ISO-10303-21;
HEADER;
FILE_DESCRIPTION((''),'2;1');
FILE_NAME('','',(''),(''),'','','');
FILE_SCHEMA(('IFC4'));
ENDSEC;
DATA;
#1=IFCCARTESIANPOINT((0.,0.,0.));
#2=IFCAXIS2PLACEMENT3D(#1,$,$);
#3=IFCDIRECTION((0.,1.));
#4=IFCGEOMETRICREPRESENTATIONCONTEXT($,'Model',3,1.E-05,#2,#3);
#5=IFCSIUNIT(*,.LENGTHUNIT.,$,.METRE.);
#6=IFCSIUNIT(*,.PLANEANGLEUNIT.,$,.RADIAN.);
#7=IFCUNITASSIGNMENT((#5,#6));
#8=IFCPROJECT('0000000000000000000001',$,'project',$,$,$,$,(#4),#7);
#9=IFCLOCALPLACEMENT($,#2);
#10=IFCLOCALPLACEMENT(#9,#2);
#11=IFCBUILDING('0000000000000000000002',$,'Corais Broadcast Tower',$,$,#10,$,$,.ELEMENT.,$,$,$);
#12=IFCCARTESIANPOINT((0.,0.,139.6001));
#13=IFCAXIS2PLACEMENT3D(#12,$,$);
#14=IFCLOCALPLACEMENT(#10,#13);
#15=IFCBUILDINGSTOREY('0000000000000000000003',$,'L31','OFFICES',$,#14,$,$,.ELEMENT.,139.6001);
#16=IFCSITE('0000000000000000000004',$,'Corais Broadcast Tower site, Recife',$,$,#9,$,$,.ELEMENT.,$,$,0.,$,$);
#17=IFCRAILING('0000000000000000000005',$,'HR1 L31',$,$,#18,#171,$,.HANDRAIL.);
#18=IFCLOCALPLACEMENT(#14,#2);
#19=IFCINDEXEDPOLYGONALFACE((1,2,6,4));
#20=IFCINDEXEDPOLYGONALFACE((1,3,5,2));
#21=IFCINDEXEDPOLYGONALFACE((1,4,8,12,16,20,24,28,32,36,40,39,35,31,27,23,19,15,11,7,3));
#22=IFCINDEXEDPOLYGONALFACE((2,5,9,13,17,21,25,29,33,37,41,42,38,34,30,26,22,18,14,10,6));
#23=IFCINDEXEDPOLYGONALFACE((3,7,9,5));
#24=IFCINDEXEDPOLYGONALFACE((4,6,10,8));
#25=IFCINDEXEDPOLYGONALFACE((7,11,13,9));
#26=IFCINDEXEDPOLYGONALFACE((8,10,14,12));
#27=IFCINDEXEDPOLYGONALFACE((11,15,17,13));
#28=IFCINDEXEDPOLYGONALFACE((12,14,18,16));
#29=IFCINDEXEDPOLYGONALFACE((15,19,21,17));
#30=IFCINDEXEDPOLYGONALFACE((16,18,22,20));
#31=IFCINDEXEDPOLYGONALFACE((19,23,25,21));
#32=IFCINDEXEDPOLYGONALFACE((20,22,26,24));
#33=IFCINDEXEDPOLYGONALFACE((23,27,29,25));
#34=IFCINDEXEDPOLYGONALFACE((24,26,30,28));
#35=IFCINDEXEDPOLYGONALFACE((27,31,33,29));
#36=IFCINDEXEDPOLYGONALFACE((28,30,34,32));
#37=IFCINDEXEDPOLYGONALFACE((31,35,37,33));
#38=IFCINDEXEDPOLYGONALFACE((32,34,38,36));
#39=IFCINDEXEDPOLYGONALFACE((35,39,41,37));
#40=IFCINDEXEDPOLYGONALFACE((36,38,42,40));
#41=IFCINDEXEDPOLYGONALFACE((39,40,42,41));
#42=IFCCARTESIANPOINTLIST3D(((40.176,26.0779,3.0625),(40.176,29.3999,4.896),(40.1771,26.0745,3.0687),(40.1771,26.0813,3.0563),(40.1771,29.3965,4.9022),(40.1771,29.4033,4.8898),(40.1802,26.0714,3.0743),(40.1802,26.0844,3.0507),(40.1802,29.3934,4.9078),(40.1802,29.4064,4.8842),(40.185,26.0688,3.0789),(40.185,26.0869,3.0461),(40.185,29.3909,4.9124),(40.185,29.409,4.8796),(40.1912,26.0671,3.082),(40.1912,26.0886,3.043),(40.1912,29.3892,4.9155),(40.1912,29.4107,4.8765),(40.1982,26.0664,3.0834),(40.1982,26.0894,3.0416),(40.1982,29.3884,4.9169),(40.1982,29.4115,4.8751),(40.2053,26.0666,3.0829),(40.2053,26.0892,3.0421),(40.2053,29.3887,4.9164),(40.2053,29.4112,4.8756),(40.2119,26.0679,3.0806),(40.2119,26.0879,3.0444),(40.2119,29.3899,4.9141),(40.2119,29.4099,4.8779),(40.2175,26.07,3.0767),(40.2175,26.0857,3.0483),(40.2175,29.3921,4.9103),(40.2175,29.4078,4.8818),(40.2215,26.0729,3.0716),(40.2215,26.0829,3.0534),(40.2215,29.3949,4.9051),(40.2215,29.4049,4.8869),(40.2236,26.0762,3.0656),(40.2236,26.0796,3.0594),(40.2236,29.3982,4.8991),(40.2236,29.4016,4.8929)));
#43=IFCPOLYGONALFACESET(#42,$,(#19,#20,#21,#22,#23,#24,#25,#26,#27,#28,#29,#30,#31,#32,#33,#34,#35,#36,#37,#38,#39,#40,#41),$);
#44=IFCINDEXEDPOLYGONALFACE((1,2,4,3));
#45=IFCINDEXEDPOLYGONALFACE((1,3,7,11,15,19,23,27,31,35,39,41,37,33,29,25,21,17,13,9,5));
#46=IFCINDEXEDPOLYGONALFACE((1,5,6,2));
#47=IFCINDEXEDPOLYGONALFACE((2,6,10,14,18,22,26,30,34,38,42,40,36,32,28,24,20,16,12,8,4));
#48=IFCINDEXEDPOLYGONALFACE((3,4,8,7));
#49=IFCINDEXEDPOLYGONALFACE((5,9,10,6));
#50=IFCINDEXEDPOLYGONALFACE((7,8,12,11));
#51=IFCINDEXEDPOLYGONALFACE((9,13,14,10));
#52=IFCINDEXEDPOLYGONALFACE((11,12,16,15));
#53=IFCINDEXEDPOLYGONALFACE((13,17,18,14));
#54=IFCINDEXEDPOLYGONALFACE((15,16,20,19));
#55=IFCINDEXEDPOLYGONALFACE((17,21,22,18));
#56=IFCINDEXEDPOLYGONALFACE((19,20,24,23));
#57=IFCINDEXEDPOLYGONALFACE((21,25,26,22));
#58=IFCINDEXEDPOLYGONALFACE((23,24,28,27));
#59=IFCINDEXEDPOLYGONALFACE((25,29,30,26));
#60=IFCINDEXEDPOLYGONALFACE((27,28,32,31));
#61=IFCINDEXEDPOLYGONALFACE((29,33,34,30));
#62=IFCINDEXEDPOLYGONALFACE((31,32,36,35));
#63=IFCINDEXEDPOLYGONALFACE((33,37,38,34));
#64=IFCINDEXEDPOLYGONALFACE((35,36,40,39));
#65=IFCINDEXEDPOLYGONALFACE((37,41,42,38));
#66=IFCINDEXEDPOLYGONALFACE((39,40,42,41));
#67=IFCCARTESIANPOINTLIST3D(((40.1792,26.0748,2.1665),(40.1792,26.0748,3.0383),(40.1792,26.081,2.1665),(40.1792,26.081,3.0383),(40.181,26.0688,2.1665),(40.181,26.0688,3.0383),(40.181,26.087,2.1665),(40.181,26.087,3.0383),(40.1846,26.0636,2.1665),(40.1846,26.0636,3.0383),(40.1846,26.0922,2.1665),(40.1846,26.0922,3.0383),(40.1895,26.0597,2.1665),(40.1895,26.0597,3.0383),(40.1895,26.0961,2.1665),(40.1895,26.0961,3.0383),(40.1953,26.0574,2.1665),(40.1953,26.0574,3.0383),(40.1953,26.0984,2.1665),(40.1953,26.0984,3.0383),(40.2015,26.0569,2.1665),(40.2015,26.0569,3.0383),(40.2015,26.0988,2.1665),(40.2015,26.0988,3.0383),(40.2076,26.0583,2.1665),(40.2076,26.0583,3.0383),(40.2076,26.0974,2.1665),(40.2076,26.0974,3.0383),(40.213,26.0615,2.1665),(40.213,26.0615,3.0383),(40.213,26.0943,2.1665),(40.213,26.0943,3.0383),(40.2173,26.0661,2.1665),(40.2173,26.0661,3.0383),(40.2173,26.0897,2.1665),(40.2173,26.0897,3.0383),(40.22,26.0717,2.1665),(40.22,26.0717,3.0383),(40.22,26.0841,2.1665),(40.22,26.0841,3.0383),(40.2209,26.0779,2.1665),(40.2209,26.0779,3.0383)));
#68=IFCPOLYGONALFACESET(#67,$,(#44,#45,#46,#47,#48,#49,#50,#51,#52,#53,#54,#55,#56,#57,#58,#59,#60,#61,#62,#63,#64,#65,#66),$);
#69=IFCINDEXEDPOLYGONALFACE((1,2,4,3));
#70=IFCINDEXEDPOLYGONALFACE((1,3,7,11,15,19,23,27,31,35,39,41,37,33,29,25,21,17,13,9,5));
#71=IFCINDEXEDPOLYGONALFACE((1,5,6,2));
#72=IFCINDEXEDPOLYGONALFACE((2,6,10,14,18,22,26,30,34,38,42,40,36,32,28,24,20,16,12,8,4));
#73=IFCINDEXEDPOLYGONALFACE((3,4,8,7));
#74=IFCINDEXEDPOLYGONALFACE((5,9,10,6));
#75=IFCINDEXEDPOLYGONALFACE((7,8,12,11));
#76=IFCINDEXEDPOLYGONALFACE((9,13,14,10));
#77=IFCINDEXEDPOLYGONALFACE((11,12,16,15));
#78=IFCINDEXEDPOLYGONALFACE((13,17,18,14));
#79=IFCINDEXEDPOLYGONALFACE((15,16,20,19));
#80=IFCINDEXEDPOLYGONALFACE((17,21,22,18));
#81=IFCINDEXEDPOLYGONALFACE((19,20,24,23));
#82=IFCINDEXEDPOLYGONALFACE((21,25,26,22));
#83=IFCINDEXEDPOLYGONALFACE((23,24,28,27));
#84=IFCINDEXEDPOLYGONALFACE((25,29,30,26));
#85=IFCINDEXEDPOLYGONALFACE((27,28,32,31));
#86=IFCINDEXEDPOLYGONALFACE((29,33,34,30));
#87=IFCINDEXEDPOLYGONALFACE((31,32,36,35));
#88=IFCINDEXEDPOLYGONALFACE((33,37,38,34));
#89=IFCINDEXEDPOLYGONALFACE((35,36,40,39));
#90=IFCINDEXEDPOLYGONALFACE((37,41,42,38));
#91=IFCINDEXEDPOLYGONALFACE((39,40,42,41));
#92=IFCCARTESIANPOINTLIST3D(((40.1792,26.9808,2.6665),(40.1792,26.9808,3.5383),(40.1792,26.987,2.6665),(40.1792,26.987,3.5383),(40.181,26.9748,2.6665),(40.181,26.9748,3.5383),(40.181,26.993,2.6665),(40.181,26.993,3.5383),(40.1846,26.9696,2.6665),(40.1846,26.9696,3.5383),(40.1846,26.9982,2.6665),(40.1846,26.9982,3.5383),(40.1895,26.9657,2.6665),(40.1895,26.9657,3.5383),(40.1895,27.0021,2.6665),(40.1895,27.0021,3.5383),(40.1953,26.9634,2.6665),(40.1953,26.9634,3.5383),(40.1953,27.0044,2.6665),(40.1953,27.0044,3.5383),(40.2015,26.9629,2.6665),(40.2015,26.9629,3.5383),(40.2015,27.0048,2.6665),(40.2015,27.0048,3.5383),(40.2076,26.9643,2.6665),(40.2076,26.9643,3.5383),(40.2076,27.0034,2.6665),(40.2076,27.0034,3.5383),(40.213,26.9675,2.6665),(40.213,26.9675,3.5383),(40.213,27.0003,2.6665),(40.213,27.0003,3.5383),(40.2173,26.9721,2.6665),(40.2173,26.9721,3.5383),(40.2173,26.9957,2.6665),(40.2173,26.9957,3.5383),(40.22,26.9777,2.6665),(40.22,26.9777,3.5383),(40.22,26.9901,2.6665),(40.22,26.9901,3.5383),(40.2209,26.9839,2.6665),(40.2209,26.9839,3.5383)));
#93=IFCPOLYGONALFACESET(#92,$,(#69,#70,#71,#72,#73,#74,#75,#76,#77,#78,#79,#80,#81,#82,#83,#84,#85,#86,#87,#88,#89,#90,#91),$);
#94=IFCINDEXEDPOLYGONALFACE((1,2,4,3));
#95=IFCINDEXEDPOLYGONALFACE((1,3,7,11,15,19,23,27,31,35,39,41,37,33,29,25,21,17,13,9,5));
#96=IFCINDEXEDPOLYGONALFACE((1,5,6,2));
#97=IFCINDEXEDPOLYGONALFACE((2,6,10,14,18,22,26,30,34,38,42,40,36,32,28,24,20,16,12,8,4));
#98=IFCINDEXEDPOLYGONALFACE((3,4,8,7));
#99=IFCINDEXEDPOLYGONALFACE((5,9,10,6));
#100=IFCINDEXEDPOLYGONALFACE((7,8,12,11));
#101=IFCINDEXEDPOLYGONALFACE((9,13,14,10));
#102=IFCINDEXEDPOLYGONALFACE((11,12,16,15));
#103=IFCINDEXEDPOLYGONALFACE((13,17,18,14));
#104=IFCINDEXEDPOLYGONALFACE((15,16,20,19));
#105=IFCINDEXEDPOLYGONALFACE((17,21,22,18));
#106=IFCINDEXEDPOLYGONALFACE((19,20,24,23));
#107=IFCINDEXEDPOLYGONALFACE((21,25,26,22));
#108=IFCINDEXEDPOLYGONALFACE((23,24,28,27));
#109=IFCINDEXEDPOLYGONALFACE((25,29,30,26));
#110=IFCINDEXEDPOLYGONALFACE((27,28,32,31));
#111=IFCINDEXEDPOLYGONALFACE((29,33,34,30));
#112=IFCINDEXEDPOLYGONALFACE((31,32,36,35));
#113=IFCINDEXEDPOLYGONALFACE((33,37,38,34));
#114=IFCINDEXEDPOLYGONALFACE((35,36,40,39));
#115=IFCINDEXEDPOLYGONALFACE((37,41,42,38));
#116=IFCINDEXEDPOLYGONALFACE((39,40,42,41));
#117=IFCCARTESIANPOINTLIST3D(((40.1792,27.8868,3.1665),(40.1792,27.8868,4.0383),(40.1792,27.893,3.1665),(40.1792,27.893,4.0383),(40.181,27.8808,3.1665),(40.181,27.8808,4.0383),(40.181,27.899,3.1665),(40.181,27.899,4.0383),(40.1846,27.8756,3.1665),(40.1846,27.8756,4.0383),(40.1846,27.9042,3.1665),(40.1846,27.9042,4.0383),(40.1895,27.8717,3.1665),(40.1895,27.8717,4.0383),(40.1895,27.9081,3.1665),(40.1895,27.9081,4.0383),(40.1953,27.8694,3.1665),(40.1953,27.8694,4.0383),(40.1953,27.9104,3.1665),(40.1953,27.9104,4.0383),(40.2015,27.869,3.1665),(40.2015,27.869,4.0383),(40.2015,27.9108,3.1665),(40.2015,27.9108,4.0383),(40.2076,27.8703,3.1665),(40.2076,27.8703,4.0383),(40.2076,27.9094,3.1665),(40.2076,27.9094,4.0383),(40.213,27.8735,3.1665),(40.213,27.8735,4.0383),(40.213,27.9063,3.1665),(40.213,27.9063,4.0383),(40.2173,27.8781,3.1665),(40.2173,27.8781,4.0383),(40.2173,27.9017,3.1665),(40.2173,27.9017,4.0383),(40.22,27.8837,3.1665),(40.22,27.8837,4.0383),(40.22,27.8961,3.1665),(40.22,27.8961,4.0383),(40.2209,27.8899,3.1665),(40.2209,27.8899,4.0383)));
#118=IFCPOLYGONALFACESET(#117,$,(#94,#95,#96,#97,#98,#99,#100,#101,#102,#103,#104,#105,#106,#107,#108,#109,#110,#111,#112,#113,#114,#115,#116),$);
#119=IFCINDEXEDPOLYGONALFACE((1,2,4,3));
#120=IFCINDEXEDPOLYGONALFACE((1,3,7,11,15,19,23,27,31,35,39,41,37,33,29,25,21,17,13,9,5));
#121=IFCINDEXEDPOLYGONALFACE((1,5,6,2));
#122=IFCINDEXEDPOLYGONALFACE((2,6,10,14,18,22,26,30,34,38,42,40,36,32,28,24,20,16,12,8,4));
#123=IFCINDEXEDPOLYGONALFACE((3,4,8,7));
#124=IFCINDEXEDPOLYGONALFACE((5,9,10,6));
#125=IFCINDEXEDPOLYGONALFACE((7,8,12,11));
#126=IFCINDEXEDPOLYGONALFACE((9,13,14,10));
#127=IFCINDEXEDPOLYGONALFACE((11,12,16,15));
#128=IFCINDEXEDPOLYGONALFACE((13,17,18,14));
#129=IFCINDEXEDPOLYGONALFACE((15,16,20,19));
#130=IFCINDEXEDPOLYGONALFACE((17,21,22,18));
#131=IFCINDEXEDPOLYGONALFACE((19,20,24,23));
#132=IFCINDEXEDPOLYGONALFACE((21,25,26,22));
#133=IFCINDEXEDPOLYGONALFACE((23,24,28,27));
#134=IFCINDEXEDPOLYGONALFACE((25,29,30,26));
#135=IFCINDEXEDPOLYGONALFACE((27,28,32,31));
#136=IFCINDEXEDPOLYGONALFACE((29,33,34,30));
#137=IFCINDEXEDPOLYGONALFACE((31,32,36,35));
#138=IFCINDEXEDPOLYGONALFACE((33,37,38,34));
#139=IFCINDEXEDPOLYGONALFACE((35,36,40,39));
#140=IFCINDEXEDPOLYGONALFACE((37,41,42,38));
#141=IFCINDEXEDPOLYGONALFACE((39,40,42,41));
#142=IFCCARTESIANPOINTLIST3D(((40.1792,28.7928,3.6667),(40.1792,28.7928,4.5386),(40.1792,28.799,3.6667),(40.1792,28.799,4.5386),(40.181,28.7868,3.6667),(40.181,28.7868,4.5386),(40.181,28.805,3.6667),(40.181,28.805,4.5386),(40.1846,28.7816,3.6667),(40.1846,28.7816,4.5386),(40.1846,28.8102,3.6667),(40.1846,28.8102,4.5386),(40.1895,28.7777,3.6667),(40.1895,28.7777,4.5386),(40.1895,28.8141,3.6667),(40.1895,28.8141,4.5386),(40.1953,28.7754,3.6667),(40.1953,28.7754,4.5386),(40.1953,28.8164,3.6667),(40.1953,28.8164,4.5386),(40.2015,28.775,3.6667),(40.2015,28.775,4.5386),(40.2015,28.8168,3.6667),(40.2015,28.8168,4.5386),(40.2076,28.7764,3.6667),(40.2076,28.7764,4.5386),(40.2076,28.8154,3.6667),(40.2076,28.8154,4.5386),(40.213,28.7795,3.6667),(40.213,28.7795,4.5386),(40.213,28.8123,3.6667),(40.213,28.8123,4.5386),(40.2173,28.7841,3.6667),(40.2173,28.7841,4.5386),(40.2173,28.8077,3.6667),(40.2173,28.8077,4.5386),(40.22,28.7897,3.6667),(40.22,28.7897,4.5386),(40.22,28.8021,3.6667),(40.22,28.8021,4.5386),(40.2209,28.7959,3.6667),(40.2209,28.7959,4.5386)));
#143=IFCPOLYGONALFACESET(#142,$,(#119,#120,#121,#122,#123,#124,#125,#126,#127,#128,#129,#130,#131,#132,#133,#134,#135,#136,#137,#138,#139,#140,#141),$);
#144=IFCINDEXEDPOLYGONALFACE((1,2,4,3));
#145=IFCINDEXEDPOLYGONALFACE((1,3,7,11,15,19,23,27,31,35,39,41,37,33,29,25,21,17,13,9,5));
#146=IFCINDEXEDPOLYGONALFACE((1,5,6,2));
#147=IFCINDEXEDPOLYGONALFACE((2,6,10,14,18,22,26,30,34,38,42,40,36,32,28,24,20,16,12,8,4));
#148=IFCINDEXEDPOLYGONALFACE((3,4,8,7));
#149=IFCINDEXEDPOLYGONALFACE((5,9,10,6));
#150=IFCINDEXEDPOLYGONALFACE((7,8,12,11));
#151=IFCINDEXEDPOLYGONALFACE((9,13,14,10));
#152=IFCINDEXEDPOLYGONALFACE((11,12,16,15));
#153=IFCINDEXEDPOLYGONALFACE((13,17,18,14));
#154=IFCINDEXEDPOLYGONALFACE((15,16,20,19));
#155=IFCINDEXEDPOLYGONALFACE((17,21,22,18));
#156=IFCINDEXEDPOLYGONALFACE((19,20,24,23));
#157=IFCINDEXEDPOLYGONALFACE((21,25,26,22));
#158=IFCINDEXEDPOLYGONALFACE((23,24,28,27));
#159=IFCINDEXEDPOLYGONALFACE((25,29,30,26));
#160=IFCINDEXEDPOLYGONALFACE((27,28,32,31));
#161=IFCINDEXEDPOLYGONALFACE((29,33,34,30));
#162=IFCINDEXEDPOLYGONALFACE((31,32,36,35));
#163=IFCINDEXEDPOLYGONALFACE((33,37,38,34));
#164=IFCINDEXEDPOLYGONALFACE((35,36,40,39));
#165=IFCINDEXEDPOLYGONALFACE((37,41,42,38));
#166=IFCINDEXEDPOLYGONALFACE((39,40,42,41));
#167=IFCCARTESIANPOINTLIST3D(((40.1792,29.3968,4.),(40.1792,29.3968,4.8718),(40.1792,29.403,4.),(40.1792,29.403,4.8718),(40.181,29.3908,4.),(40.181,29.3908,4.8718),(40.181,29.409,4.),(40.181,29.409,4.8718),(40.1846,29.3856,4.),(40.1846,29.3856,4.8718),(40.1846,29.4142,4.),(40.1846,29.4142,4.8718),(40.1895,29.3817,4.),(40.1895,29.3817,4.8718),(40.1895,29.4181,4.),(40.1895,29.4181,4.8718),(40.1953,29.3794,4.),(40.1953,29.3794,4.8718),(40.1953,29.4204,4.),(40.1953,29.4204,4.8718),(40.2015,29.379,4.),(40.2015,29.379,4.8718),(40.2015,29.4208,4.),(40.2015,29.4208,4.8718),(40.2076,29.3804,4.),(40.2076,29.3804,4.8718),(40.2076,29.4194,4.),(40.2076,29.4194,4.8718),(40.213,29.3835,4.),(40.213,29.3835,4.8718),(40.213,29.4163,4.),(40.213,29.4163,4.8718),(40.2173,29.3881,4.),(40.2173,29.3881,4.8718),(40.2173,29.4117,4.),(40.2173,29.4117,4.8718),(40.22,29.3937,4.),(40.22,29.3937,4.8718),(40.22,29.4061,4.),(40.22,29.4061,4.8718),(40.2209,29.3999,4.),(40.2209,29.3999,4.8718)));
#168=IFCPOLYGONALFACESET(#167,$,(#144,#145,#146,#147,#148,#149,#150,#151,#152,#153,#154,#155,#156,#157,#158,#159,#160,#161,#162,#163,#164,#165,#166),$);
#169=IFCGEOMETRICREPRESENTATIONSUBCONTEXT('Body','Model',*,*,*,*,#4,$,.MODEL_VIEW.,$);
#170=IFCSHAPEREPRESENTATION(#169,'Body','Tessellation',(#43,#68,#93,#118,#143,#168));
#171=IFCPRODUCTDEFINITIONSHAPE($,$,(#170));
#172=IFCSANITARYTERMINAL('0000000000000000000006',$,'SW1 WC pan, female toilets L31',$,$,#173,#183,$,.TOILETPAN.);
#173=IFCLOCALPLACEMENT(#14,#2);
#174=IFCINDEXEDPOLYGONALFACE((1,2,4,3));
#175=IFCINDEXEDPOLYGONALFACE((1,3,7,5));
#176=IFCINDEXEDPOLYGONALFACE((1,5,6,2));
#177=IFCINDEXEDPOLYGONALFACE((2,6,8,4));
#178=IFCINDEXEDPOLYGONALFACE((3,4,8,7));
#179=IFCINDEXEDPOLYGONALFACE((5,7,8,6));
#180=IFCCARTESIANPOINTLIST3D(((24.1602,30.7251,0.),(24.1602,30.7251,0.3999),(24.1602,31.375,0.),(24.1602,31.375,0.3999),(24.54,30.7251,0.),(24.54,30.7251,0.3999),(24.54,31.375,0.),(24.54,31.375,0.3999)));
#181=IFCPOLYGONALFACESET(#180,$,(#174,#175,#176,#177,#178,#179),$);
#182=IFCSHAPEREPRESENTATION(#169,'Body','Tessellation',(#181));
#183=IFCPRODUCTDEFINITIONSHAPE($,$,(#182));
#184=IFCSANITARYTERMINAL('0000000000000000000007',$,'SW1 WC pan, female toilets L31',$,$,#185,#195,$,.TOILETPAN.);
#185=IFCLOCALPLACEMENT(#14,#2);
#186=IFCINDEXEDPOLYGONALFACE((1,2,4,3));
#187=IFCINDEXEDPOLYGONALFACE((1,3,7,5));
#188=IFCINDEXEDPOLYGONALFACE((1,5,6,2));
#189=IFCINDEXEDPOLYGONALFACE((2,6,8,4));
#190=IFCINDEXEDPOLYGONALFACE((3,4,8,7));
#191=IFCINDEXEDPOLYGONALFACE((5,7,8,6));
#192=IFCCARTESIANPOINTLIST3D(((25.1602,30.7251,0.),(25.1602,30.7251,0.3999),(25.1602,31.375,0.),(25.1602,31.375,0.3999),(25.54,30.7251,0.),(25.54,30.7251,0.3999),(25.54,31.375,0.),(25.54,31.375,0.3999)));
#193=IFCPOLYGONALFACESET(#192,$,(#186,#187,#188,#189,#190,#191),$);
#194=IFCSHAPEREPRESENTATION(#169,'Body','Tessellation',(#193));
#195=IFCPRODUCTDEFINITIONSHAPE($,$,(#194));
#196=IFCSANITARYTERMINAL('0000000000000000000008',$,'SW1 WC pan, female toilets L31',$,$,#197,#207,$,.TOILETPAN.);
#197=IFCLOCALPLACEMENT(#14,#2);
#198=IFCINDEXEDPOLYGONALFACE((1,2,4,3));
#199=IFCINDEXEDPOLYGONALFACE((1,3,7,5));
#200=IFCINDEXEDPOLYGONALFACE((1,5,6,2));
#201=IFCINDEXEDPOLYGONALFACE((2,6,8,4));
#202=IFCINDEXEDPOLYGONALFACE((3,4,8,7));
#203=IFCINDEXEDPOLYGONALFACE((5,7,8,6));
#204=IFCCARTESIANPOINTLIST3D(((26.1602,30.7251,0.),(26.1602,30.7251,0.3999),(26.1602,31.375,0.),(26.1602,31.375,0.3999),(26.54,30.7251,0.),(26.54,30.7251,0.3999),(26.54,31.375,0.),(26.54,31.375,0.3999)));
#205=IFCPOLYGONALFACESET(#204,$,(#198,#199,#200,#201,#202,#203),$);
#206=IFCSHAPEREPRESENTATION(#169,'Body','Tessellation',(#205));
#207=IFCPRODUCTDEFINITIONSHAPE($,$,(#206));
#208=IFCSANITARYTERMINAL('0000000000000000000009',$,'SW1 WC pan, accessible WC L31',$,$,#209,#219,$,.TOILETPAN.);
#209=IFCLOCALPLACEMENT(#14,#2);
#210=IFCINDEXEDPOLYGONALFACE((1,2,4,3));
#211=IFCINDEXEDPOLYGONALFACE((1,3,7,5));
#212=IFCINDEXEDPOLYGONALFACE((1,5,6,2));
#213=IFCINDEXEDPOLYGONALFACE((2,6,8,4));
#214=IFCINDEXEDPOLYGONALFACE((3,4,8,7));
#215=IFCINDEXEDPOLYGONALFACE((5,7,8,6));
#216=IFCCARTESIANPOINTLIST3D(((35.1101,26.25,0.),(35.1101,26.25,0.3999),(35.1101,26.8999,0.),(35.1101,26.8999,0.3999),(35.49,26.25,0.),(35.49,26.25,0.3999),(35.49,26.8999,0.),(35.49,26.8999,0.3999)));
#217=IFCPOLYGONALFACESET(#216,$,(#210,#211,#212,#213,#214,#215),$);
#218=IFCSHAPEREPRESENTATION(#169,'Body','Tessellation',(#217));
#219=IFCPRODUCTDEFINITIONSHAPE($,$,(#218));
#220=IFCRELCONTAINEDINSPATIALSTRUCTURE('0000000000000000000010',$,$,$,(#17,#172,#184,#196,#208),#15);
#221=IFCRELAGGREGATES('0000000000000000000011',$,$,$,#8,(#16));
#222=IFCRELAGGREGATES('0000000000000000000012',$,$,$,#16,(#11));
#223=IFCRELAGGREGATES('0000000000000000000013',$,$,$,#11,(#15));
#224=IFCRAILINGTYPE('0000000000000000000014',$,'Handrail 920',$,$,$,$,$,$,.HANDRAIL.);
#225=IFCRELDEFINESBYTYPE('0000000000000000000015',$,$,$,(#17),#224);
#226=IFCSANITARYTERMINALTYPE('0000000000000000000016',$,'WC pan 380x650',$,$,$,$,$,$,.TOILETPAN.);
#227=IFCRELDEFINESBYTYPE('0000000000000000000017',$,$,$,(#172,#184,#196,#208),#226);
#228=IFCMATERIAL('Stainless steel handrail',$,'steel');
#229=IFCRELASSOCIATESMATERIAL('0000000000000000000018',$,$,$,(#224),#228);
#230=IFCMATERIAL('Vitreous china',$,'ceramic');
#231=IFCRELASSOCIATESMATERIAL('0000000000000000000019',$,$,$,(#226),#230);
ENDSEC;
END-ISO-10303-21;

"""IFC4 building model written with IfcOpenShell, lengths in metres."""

from ifc_helpers import new_model, si_unit, direction, frame, origin, origin_2d, place, context, subcontext, project, spatial, rectangle, circle, extrude, material, type_object, element, save


model = new_model("IFC4")

# Units and contexts
model_context = context("Model", 3, precision=1e-05, world=origin(), true_north=direction((0.0, 1.0)))
body_context = subcontext(model_context, "Body", "Model", "MODEL_VIEW")
ifc_project = project(units=[si_unit("LENGTHUNIT", "METRE"), si_unit("PLANEANGLEUNIT", "RADIAN")], contexts=[model_context])

# Site, building, storey
site_placement = place(None, origin())
site = spatial("IfcSite", under=ifc_project, at=site_placement, Name="Corais Broadcast Tower site, Recife", CompositionType="ELEMENT", RefElevation=0.0)
building_placement = place(site_placement, origin())
building = spatial("IfcBuilding", under=site, at=building_placement, Name="Corais Broadcast Tower", CompositionType="ELEMENT")
storey_placement = place(building_placement, frame((0.0, 0.0, 139.6001)))
storey = spatial("IfcBuildingStorey", under=building, at=storey_placement, Name="L31", Description="OFFICES", CompositionType="ELEMENT", Elevation=139.6001)

# Railing
ifc_material_1 = material(Name="Stainless steel handrail", Category="steel")
railing_type = type_object("IfcRailingType", Name="Handrail 920", PredefinedType="HANDRAIL", material=ifc_material_1)
railing_placement = place(storey_placement, frame((40.2, 26.0779, 2.1665)))
element("IfcRailing", 1, at=railing_placement, inside=storey, type_object=railing_type, Name="HR1 L31", PredefinedType="HANDRAIL", context=body_context, shape_type="SweptSolid", body=[
    extrude(circle(Radius=0.0239, at=origin_2d()), frame((0.0, 0.0, 0.896), z_axis=(0.0, 0.875504, 0.48321), x_axis=(-1.0, 0.0, 0.0)), (0.0, 0.0, 1.0), 3.7944),
    extrude(circle(Radius=0.021, at=origin_2d()), origin(), (0.0, 0.0, 1.0), 0.8718),
    extrude(circle(Radius=0.021, at=origin_2d()), frame((0.0, 0.906, 0.5)), (0.0, 0.0, 1.0), 0.8718),
    extrude(circle(Radius=0.021, at=origin_2d()), frame((0.0, 1.812, 1.0)), (0.0, 0.0, 1.0), 0.8718),
    extrude(circle(Radius=0.021, at=origin_2d()), frame((0.0, 2.718, 1.5002)), (0.0, 0.0, 1.0), 0.8718),
    extrude(circle(Radius=0.021, at=origin_2d()), frame((0.0, 3.322, 1.8335)), (0.0, 0.0, 1.0), 0.8718),
])

# Sanitary terminals
ifc_material_2 = material(Name="Vitreous china", Category="ceramic")
sanitary_terminal_type_1 = type_object("IfcSanitaryTerminalType", Name="WC pan 380x650", PredefinedType="TOILETPAN", material=ifc_material_2)
for number, where, z_axis, x_axis, name in (
    (2, (24.3501, 31.05, 0.0), (0.0, 0.0, 1.0), (1.0, 0.0, 0.0), "SW1 WC pan, female toilets L31"),
    (3, (25.3501, 31.05, 0.0), (0.0, 0.0, 1.0), (1.0, 0.0, 0.0), "SW1 WC pan, female toilets L31"),
    (4, (26.3501, 31.05, 0.0), (0.0, 0.0, 1.0), (1.0, 0.0, 0.0), "SW1 WC pan, female toilets L31"),
    (5, (35.3, 26.575, 0.0), (0.0, 0.0, 1.0), (1.0, 0.0, 0.0), "SW1 WC pan, accessible WC L31"),
):
    element("IfcSanitaryTerminal", number, at=place(storey_placement, frame(where, z_axis=z_axis, x_axis=x_axis)), inside=storey, type_object=sanitary_terminal_type_1, Name=name, PredefinedType="TOILETPAN", context=body_context, shape_type="SweptSolid", body=[
        extrude(rectangle(XDim=0.3799, YDim=0.6499, at=origin_2d()), origin(), (0.0, 0.0, 1.0), 0.3999),
    ])

save(model, "model.ifc")
